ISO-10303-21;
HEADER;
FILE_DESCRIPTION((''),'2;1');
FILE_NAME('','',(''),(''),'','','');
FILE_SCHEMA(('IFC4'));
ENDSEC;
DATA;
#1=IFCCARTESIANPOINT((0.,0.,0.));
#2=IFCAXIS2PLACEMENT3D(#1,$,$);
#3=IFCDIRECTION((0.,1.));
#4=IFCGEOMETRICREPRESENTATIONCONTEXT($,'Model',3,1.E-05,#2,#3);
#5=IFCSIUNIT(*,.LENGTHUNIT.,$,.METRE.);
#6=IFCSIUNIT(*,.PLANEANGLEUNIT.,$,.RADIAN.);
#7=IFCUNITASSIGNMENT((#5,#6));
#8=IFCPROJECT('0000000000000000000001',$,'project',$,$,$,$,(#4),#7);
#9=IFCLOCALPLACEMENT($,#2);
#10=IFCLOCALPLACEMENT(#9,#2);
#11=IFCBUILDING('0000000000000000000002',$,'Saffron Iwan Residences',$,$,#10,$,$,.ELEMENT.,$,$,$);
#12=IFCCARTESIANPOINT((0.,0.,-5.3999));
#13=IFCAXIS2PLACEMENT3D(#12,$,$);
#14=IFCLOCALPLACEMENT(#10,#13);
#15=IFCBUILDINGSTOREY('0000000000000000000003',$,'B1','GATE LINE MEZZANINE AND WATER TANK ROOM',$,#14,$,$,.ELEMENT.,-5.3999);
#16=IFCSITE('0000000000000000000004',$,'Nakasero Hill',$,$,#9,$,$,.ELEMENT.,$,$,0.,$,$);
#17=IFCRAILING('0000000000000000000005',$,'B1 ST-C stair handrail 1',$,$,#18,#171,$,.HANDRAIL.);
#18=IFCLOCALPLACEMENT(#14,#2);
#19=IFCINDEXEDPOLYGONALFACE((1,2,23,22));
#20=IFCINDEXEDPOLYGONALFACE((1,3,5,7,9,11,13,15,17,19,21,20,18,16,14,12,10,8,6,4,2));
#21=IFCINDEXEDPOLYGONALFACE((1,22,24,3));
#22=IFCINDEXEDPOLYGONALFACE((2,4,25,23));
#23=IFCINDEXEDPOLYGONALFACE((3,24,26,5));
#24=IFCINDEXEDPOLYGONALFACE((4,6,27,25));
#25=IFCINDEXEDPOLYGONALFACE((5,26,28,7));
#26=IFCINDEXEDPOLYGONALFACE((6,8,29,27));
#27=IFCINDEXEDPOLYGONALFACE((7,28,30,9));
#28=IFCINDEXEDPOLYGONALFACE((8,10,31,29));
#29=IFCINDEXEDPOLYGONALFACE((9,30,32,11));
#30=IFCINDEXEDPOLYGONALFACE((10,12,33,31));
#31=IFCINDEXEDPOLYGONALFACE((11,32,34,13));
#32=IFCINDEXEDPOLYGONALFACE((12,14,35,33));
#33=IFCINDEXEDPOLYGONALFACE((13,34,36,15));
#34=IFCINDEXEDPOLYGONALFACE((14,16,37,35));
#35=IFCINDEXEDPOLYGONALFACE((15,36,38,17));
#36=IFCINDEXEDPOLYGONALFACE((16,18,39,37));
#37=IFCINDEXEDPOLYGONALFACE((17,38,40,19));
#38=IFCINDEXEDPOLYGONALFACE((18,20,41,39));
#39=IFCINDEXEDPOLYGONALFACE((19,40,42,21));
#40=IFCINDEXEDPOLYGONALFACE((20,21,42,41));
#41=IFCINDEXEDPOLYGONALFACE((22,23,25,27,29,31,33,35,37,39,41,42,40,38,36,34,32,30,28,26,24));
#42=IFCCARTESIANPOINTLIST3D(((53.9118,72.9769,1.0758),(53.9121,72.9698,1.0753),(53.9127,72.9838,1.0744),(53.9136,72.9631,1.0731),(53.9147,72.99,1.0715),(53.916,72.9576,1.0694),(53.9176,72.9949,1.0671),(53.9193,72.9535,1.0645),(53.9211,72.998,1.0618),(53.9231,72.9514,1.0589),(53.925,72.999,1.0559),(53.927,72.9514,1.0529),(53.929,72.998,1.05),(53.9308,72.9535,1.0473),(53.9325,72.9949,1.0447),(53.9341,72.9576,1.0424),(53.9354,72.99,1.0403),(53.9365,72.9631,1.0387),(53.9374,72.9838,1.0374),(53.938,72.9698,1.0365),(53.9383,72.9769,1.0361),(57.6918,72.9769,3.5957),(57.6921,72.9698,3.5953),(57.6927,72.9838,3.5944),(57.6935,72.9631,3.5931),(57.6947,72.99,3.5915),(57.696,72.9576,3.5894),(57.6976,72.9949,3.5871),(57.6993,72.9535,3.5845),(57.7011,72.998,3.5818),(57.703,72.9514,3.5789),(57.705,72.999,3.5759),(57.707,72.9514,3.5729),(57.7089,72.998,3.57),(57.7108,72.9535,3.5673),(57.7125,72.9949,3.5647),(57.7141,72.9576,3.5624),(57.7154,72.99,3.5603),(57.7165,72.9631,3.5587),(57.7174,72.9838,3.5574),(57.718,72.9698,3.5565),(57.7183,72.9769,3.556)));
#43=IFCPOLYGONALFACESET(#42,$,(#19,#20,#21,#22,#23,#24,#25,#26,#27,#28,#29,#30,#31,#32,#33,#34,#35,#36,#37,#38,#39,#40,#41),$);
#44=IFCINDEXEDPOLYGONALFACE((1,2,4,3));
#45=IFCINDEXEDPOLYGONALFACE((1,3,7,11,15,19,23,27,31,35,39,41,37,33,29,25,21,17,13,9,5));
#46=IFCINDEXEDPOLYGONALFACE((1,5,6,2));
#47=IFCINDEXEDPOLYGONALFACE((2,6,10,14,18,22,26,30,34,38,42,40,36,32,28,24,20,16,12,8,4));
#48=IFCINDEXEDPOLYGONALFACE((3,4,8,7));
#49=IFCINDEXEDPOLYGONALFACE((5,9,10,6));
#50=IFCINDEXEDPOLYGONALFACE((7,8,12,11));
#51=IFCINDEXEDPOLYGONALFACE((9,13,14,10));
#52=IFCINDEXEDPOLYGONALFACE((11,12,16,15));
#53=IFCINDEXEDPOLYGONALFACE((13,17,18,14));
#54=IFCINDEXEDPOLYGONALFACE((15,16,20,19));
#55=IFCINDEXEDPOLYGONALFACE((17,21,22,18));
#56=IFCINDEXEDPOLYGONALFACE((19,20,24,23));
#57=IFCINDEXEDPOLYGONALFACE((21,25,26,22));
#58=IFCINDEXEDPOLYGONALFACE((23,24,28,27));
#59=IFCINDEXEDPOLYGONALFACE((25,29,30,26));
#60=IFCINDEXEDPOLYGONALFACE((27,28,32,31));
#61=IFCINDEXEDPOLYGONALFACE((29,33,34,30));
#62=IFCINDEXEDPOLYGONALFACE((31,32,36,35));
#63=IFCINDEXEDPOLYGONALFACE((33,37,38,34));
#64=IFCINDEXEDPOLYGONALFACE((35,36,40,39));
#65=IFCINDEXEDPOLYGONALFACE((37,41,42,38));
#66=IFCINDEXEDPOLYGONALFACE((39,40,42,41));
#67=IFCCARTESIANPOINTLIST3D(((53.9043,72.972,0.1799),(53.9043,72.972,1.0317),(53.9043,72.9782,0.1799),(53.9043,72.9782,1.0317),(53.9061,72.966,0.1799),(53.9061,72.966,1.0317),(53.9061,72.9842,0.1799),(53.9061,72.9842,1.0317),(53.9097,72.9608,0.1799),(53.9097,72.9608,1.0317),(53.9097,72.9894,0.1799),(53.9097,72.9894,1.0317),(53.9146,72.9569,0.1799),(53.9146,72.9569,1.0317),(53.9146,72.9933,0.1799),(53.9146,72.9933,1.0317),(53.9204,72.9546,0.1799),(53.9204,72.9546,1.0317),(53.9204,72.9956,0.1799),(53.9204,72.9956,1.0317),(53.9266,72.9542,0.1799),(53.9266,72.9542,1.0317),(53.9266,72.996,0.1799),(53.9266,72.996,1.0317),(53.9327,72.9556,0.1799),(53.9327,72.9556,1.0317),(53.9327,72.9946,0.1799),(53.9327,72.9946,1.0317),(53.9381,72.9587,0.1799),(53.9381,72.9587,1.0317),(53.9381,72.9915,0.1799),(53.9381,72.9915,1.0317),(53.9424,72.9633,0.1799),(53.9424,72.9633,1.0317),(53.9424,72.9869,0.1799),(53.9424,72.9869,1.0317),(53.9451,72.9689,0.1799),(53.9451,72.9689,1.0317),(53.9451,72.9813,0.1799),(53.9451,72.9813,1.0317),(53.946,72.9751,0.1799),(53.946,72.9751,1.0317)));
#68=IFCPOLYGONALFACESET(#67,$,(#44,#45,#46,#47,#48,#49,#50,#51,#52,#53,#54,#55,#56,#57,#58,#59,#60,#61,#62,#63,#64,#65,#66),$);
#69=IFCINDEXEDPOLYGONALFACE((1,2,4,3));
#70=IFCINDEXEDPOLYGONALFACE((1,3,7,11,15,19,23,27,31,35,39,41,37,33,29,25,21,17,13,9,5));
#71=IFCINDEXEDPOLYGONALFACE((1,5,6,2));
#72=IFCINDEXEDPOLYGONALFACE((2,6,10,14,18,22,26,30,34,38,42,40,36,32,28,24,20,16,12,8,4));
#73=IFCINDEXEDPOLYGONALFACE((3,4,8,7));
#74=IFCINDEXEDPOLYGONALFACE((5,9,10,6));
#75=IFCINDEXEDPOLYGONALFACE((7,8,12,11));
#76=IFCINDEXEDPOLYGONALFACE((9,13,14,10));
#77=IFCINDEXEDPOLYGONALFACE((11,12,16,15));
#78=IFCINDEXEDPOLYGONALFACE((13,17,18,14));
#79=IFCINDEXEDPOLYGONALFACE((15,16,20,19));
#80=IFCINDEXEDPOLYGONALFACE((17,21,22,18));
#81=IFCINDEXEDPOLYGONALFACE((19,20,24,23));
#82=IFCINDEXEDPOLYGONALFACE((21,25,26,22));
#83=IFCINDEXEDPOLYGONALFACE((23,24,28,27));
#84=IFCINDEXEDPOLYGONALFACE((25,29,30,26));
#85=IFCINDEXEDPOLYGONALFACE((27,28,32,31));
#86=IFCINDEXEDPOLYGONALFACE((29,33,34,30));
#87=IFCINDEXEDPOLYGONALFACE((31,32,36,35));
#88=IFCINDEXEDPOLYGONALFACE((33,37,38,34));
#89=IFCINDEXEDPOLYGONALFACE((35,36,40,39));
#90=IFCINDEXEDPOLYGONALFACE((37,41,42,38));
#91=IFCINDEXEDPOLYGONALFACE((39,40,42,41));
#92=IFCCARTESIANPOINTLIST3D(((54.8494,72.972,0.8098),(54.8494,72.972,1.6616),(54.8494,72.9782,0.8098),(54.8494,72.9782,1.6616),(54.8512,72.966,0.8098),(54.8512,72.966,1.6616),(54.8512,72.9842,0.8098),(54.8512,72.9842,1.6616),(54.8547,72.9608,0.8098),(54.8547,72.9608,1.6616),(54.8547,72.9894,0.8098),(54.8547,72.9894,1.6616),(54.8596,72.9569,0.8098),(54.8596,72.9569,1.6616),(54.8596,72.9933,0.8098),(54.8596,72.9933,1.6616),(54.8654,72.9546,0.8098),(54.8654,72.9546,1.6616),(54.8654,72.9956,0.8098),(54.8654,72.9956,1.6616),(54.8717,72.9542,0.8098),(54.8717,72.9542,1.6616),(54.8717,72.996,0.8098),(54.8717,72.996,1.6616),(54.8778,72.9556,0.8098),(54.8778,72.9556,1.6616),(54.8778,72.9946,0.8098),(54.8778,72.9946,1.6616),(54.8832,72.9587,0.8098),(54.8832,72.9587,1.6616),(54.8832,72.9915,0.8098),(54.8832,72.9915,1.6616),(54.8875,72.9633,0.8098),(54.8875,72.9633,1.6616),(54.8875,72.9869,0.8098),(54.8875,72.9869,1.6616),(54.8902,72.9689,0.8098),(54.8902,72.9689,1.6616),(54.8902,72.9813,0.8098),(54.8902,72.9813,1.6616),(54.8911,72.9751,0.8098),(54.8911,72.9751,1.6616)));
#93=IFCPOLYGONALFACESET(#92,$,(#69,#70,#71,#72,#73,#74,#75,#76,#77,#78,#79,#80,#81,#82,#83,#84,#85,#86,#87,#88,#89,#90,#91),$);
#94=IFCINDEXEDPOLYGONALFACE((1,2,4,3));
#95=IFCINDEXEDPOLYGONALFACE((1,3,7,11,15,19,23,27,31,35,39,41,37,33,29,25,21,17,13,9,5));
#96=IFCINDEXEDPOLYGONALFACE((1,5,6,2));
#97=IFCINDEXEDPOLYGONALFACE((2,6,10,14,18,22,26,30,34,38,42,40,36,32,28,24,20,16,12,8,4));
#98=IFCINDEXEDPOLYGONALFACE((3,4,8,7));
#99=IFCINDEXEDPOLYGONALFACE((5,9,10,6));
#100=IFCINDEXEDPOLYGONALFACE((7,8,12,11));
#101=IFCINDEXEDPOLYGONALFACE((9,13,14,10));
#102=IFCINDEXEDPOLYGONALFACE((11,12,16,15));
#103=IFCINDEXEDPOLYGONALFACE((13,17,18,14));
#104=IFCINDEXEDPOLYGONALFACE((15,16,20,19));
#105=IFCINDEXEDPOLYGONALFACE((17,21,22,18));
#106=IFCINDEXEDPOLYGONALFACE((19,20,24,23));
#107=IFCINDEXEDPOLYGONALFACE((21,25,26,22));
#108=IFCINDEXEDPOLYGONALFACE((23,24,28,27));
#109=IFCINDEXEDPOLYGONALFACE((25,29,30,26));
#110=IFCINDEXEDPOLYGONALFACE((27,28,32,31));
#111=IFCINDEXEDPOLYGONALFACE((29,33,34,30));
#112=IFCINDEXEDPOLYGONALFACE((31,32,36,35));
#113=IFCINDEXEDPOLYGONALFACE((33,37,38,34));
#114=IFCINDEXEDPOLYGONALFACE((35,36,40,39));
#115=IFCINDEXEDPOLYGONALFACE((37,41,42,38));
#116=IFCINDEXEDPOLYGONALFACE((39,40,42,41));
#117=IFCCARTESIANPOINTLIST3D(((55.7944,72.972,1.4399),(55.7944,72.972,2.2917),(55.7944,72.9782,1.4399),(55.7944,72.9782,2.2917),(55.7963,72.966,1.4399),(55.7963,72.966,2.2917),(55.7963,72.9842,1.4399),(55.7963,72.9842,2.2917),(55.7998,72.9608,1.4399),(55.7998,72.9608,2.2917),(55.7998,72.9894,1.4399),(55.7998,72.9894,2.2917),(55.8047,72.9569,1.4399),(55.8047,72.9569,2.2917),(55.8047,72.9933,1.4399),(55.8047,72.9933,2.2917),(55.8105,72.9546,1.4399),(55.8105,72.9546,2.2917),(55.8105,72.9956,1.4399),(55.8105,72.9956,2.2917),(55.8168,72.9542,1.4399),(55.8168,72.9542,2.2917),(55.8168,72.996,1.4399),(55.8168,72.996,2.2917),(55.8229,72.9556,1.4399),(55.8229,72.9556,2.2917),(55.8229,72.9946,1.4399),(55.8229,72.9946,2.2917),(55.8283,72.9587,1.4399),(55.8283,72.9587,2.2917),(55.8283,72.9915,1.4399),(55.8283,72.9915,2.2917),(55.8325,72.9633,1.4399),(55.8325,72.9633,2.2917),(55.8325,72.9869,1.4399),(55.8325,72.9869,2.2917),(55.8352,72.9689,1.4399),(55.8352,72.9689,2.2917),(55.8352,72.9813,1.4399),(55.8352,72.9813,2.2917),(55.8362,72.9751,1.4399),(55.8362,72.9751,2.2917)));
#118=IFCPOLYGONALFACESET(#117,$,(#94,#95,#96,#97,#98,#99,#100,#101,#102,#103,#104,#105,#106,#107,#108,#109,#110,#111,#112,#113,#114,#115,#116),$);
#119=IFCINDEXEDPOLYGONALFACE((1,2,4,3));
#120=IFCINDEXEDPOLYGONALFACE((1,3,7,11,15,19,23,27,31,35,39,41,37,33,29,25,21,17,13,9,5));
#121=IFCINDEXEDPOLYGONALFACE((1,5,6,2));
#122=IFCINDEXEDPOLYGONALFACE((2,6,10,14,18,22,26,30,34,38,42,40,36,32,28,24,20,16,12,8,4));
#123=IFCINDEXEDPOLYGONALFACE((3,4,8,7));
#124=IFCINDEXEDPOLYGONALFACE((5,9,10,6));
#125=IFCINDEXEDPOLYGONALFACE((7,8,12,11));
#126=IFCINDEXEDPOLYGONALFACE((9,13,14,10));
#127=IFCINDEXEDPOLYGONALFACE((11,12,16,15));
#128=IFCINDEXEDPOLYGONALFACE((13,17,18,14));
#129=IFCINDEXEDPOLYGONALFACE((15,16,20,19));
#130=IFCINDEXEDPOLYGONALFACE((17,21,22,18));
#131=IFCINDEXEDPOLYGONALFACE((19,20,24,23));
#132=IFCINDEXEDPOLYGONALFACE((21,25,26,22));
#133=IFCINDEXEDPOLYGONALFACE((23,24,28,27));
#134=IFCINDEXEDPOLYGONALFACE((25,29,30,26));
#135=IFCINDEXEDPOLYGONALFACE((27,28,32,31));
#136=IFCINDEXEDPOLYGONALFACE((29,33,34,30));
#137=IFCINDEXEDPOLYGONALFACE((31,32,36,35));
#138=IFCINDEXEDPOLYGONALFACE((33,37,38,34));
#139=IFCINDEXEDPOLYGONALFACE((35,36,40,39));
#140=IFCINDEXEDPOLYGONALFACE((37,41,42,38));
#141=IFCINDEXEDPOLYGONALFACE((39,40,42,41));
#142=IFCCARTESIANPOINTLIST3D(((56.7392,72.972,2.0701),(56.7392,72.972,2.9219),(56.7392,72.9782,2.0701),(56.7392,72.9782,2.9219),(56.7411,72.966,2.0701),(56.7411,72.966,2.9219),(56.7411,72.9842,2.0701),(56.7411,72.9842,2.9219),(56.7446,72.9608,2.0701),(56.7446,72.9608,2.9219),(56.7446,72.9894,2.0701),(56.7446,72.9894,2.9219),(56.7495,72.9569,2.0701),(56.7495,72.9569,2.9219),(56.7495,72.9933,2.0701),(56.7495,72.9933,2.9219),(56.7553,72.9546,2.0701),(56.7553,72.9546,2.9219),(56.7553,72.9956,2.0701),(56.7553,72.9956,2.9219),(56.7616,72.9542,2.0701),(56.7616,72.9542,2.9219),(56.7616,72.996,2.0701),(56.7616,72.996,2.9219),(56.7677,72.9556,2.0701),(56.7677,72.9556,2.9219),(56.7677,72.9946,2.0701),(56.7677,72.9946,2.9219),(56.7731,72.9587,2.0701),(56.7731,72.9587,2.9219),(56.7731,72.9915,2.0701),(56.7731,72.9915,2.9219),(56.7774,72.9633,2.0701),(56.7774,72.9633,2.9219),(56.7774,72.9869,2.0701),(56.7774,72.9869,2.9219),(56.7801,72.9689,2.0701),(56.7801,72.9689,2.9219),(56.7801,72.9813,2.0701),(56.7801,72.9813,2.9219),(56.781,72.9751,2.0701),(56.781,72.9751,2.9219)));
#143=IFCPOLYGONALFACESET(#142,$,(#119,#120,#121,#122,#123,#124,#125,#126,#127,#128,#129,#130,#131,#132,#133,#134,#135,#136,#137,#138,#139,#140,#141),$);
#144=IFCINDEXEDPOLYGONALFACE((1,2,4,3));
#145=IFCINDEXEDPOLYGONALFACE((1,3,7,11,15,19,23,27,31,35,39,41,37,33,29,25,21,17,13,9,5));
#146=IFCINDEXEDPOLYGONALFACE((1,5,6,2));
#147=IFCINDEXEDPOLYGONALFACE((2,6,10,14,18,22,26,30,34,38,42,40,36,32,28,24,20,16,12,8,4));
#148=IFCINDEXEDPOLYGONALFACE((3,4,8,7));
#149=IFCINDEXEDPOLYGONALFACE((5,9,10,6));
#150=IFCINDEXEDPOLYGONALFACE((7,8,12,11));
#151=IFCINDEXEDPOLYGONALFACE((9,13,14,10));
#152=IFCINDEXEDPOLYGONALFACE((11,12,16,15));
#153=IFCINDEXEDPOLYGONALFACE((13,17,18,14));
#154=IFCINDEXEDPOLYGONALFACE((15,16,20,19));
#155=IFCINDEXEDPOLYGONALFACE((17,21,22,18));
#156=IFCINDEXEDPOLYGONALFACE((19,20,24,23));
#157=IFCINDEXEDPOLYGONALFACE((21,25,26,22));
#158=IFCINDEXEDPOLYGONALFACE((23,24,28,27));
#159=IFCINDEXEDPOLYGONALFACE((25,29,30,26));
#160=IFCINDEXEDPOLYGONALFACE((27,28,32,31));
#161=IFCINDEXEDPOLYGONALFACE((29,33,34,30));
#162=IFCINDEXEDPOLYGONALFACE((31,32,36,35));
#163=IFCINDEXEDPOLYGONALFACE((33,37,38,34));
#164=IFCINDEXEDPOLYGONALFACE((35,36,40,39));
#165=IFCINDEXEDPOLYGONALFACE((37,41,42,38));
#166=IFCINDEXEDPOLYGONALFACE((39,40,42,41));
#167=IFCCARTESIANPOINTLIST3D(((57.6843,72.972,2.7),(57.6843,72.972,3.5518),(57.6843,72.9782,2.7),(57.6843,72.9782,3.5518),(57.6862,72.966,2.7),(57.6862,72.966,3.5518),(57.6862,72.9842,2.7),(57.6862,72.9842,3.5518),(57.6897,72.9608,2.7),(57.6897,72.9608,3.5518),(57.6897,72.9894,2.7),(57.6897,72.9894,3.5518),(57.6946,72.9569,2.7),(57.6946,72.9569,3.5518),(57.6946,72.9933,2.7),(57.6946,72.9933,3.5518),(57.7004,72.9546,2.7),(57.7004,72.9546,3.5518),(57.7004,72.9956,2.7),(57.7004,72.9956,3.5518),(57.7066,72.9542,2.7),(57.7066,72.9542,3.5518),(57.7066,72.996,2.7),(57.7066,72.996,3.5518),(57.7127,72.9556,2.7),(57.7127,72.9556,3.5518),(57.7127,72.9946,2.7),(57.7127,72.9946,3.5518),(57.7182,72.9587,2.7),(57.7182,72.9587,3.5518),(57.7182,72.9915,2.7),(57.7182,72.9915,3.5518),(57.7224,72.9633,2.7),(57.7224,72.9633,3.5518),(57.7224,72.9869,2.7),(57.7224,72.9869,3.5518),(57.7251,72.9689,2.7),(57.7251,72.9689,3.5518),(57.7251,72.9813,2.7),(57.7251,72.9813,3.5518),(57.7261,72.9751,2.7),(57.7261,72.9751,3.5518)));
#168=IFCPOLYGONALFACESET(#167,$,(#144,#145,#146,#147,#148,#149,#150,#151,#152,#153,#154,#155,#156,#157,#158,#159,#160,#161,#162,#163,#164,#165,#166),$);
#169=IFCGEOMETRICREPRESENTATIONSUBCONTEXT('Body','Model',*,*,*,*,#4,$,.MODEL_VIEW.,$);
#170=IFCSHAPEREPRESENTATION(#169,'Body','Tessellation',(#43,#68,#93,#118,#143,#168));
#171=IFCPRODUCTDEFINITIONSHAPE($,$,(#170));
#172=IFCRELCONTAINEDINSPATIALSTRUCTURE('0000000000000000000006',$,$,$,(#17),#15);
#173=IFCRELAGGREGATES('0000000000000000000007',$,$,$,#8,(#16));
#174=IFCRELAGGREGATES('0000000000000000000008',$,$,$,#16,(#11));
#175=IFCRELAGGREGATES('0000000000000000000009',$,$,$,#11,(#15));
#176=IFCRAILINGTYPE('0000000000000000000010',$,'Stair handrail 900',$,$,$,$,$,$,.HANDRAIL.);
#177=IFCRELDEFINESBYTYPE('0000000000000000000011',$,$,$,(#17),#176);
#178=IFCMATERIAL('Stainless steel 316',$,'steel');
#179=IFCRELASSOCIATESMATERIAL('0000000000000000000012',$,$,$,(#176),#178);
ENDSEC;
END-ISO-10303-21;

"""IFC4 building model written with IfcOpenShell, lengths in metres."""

from ifc_helpers import new_model, si_unit, direction, frame, origin, origin_2d, place, context, subcontext, project, spatial, circle, extrude, material, type_object, element, save


model = new_model("IFC4")

# Units and contexts
model_context = context("Model", 3, precision=1e-05, world=origin(), true_north=direction((0.0, 1.0)))
body_context = subcontext(model_context, "Body", "Model", "MODEL_VIEW")
ifc_project = project(units=[si_unit("LENGTHUNIT", "METRE"), si_unit("PLANEANGLEUNIT", "RADIAN")], contexts=[model_context])

# Site, building, storey
site_placement = place(None, origin())
site = spatial("IfcSite", under=ifc_project, at=site_placement, Name="Nakasero Hill", CompositionType="ELEMENT", RefElevation=0.0)
building_placement = place(site_placement, origin())
building = spatial("IfcBuilding", under=site, at=building_placement, Name="Saffron Iwan Residences", CompositionType="ELEMENT")
storey_placement = place(building_placement, frame((0.0, 0.0, -5.3999)))
storey = spatial("IfcBuildingStorey", under=building, at=storey_placement, Name="B1", Description="GATE LINE MEZZANINE AND WATER TANK ROOM", CompositionType="ELEMENT", Elevation=-5.3999)

# Railing
ifc_material_1 = material(Name="Stainless steel 316", Category="steel")
railing_type_1 = type_object("IfcRailingType", Name="Stair handrail 900", PredefinedType="HANDRAIL", material=ifc_material_1)
railing_1_placement = place(storey_placement, frame((53.925, 72.9751, 0.1799)))
element("IfcRailing", 1, at=railing_1_placement, inside=storey, type_object=railing_type_1, Name="B1 ST-C stair handrail 1", PredefinedType="HANDRAIL", context=body_context, shape_type="SweptSolid", body=[
    extrude(circle(Radius=0.0239, at=origin_2d()), frame((0.0, 0.0, 0.876), z_axis=(0.83205, 0.0, 0.5547), x_axis=(0.0, 1.0, 0.0)), (0.0, 0.0, 1.0), 4.543),
    extrude(circle(Radius=0.021, at=origin_2d()), origin(), (0.0, 0.0, 1.0), 0.8518),
    extrude(circle(Radius=0.021, at=origin_2d()), frame((0.9451, 0.0, 0.6299)), (0.0, 0.0, 1.0), 0.8518),
    extrude(circle(Radius=0.021, at=origin_2d()), frame((1.8901, 0.0, 1.26)), (0.0, 0.0, 1.0), 0.8518),
    extrude(circle(Radius=0.021, at=origin_2d()), frame((2.835, 0.0, 1.8901)), (0.0, 0.0, 1.0), 0.8518),
    extrude(circle(Radius=0.021, at=origin_2d()), frame((3.78, 0.0, 2.52)), (0.0, 0.0, 1.0), 0.8518),
])

save(model, "model.ifc")
